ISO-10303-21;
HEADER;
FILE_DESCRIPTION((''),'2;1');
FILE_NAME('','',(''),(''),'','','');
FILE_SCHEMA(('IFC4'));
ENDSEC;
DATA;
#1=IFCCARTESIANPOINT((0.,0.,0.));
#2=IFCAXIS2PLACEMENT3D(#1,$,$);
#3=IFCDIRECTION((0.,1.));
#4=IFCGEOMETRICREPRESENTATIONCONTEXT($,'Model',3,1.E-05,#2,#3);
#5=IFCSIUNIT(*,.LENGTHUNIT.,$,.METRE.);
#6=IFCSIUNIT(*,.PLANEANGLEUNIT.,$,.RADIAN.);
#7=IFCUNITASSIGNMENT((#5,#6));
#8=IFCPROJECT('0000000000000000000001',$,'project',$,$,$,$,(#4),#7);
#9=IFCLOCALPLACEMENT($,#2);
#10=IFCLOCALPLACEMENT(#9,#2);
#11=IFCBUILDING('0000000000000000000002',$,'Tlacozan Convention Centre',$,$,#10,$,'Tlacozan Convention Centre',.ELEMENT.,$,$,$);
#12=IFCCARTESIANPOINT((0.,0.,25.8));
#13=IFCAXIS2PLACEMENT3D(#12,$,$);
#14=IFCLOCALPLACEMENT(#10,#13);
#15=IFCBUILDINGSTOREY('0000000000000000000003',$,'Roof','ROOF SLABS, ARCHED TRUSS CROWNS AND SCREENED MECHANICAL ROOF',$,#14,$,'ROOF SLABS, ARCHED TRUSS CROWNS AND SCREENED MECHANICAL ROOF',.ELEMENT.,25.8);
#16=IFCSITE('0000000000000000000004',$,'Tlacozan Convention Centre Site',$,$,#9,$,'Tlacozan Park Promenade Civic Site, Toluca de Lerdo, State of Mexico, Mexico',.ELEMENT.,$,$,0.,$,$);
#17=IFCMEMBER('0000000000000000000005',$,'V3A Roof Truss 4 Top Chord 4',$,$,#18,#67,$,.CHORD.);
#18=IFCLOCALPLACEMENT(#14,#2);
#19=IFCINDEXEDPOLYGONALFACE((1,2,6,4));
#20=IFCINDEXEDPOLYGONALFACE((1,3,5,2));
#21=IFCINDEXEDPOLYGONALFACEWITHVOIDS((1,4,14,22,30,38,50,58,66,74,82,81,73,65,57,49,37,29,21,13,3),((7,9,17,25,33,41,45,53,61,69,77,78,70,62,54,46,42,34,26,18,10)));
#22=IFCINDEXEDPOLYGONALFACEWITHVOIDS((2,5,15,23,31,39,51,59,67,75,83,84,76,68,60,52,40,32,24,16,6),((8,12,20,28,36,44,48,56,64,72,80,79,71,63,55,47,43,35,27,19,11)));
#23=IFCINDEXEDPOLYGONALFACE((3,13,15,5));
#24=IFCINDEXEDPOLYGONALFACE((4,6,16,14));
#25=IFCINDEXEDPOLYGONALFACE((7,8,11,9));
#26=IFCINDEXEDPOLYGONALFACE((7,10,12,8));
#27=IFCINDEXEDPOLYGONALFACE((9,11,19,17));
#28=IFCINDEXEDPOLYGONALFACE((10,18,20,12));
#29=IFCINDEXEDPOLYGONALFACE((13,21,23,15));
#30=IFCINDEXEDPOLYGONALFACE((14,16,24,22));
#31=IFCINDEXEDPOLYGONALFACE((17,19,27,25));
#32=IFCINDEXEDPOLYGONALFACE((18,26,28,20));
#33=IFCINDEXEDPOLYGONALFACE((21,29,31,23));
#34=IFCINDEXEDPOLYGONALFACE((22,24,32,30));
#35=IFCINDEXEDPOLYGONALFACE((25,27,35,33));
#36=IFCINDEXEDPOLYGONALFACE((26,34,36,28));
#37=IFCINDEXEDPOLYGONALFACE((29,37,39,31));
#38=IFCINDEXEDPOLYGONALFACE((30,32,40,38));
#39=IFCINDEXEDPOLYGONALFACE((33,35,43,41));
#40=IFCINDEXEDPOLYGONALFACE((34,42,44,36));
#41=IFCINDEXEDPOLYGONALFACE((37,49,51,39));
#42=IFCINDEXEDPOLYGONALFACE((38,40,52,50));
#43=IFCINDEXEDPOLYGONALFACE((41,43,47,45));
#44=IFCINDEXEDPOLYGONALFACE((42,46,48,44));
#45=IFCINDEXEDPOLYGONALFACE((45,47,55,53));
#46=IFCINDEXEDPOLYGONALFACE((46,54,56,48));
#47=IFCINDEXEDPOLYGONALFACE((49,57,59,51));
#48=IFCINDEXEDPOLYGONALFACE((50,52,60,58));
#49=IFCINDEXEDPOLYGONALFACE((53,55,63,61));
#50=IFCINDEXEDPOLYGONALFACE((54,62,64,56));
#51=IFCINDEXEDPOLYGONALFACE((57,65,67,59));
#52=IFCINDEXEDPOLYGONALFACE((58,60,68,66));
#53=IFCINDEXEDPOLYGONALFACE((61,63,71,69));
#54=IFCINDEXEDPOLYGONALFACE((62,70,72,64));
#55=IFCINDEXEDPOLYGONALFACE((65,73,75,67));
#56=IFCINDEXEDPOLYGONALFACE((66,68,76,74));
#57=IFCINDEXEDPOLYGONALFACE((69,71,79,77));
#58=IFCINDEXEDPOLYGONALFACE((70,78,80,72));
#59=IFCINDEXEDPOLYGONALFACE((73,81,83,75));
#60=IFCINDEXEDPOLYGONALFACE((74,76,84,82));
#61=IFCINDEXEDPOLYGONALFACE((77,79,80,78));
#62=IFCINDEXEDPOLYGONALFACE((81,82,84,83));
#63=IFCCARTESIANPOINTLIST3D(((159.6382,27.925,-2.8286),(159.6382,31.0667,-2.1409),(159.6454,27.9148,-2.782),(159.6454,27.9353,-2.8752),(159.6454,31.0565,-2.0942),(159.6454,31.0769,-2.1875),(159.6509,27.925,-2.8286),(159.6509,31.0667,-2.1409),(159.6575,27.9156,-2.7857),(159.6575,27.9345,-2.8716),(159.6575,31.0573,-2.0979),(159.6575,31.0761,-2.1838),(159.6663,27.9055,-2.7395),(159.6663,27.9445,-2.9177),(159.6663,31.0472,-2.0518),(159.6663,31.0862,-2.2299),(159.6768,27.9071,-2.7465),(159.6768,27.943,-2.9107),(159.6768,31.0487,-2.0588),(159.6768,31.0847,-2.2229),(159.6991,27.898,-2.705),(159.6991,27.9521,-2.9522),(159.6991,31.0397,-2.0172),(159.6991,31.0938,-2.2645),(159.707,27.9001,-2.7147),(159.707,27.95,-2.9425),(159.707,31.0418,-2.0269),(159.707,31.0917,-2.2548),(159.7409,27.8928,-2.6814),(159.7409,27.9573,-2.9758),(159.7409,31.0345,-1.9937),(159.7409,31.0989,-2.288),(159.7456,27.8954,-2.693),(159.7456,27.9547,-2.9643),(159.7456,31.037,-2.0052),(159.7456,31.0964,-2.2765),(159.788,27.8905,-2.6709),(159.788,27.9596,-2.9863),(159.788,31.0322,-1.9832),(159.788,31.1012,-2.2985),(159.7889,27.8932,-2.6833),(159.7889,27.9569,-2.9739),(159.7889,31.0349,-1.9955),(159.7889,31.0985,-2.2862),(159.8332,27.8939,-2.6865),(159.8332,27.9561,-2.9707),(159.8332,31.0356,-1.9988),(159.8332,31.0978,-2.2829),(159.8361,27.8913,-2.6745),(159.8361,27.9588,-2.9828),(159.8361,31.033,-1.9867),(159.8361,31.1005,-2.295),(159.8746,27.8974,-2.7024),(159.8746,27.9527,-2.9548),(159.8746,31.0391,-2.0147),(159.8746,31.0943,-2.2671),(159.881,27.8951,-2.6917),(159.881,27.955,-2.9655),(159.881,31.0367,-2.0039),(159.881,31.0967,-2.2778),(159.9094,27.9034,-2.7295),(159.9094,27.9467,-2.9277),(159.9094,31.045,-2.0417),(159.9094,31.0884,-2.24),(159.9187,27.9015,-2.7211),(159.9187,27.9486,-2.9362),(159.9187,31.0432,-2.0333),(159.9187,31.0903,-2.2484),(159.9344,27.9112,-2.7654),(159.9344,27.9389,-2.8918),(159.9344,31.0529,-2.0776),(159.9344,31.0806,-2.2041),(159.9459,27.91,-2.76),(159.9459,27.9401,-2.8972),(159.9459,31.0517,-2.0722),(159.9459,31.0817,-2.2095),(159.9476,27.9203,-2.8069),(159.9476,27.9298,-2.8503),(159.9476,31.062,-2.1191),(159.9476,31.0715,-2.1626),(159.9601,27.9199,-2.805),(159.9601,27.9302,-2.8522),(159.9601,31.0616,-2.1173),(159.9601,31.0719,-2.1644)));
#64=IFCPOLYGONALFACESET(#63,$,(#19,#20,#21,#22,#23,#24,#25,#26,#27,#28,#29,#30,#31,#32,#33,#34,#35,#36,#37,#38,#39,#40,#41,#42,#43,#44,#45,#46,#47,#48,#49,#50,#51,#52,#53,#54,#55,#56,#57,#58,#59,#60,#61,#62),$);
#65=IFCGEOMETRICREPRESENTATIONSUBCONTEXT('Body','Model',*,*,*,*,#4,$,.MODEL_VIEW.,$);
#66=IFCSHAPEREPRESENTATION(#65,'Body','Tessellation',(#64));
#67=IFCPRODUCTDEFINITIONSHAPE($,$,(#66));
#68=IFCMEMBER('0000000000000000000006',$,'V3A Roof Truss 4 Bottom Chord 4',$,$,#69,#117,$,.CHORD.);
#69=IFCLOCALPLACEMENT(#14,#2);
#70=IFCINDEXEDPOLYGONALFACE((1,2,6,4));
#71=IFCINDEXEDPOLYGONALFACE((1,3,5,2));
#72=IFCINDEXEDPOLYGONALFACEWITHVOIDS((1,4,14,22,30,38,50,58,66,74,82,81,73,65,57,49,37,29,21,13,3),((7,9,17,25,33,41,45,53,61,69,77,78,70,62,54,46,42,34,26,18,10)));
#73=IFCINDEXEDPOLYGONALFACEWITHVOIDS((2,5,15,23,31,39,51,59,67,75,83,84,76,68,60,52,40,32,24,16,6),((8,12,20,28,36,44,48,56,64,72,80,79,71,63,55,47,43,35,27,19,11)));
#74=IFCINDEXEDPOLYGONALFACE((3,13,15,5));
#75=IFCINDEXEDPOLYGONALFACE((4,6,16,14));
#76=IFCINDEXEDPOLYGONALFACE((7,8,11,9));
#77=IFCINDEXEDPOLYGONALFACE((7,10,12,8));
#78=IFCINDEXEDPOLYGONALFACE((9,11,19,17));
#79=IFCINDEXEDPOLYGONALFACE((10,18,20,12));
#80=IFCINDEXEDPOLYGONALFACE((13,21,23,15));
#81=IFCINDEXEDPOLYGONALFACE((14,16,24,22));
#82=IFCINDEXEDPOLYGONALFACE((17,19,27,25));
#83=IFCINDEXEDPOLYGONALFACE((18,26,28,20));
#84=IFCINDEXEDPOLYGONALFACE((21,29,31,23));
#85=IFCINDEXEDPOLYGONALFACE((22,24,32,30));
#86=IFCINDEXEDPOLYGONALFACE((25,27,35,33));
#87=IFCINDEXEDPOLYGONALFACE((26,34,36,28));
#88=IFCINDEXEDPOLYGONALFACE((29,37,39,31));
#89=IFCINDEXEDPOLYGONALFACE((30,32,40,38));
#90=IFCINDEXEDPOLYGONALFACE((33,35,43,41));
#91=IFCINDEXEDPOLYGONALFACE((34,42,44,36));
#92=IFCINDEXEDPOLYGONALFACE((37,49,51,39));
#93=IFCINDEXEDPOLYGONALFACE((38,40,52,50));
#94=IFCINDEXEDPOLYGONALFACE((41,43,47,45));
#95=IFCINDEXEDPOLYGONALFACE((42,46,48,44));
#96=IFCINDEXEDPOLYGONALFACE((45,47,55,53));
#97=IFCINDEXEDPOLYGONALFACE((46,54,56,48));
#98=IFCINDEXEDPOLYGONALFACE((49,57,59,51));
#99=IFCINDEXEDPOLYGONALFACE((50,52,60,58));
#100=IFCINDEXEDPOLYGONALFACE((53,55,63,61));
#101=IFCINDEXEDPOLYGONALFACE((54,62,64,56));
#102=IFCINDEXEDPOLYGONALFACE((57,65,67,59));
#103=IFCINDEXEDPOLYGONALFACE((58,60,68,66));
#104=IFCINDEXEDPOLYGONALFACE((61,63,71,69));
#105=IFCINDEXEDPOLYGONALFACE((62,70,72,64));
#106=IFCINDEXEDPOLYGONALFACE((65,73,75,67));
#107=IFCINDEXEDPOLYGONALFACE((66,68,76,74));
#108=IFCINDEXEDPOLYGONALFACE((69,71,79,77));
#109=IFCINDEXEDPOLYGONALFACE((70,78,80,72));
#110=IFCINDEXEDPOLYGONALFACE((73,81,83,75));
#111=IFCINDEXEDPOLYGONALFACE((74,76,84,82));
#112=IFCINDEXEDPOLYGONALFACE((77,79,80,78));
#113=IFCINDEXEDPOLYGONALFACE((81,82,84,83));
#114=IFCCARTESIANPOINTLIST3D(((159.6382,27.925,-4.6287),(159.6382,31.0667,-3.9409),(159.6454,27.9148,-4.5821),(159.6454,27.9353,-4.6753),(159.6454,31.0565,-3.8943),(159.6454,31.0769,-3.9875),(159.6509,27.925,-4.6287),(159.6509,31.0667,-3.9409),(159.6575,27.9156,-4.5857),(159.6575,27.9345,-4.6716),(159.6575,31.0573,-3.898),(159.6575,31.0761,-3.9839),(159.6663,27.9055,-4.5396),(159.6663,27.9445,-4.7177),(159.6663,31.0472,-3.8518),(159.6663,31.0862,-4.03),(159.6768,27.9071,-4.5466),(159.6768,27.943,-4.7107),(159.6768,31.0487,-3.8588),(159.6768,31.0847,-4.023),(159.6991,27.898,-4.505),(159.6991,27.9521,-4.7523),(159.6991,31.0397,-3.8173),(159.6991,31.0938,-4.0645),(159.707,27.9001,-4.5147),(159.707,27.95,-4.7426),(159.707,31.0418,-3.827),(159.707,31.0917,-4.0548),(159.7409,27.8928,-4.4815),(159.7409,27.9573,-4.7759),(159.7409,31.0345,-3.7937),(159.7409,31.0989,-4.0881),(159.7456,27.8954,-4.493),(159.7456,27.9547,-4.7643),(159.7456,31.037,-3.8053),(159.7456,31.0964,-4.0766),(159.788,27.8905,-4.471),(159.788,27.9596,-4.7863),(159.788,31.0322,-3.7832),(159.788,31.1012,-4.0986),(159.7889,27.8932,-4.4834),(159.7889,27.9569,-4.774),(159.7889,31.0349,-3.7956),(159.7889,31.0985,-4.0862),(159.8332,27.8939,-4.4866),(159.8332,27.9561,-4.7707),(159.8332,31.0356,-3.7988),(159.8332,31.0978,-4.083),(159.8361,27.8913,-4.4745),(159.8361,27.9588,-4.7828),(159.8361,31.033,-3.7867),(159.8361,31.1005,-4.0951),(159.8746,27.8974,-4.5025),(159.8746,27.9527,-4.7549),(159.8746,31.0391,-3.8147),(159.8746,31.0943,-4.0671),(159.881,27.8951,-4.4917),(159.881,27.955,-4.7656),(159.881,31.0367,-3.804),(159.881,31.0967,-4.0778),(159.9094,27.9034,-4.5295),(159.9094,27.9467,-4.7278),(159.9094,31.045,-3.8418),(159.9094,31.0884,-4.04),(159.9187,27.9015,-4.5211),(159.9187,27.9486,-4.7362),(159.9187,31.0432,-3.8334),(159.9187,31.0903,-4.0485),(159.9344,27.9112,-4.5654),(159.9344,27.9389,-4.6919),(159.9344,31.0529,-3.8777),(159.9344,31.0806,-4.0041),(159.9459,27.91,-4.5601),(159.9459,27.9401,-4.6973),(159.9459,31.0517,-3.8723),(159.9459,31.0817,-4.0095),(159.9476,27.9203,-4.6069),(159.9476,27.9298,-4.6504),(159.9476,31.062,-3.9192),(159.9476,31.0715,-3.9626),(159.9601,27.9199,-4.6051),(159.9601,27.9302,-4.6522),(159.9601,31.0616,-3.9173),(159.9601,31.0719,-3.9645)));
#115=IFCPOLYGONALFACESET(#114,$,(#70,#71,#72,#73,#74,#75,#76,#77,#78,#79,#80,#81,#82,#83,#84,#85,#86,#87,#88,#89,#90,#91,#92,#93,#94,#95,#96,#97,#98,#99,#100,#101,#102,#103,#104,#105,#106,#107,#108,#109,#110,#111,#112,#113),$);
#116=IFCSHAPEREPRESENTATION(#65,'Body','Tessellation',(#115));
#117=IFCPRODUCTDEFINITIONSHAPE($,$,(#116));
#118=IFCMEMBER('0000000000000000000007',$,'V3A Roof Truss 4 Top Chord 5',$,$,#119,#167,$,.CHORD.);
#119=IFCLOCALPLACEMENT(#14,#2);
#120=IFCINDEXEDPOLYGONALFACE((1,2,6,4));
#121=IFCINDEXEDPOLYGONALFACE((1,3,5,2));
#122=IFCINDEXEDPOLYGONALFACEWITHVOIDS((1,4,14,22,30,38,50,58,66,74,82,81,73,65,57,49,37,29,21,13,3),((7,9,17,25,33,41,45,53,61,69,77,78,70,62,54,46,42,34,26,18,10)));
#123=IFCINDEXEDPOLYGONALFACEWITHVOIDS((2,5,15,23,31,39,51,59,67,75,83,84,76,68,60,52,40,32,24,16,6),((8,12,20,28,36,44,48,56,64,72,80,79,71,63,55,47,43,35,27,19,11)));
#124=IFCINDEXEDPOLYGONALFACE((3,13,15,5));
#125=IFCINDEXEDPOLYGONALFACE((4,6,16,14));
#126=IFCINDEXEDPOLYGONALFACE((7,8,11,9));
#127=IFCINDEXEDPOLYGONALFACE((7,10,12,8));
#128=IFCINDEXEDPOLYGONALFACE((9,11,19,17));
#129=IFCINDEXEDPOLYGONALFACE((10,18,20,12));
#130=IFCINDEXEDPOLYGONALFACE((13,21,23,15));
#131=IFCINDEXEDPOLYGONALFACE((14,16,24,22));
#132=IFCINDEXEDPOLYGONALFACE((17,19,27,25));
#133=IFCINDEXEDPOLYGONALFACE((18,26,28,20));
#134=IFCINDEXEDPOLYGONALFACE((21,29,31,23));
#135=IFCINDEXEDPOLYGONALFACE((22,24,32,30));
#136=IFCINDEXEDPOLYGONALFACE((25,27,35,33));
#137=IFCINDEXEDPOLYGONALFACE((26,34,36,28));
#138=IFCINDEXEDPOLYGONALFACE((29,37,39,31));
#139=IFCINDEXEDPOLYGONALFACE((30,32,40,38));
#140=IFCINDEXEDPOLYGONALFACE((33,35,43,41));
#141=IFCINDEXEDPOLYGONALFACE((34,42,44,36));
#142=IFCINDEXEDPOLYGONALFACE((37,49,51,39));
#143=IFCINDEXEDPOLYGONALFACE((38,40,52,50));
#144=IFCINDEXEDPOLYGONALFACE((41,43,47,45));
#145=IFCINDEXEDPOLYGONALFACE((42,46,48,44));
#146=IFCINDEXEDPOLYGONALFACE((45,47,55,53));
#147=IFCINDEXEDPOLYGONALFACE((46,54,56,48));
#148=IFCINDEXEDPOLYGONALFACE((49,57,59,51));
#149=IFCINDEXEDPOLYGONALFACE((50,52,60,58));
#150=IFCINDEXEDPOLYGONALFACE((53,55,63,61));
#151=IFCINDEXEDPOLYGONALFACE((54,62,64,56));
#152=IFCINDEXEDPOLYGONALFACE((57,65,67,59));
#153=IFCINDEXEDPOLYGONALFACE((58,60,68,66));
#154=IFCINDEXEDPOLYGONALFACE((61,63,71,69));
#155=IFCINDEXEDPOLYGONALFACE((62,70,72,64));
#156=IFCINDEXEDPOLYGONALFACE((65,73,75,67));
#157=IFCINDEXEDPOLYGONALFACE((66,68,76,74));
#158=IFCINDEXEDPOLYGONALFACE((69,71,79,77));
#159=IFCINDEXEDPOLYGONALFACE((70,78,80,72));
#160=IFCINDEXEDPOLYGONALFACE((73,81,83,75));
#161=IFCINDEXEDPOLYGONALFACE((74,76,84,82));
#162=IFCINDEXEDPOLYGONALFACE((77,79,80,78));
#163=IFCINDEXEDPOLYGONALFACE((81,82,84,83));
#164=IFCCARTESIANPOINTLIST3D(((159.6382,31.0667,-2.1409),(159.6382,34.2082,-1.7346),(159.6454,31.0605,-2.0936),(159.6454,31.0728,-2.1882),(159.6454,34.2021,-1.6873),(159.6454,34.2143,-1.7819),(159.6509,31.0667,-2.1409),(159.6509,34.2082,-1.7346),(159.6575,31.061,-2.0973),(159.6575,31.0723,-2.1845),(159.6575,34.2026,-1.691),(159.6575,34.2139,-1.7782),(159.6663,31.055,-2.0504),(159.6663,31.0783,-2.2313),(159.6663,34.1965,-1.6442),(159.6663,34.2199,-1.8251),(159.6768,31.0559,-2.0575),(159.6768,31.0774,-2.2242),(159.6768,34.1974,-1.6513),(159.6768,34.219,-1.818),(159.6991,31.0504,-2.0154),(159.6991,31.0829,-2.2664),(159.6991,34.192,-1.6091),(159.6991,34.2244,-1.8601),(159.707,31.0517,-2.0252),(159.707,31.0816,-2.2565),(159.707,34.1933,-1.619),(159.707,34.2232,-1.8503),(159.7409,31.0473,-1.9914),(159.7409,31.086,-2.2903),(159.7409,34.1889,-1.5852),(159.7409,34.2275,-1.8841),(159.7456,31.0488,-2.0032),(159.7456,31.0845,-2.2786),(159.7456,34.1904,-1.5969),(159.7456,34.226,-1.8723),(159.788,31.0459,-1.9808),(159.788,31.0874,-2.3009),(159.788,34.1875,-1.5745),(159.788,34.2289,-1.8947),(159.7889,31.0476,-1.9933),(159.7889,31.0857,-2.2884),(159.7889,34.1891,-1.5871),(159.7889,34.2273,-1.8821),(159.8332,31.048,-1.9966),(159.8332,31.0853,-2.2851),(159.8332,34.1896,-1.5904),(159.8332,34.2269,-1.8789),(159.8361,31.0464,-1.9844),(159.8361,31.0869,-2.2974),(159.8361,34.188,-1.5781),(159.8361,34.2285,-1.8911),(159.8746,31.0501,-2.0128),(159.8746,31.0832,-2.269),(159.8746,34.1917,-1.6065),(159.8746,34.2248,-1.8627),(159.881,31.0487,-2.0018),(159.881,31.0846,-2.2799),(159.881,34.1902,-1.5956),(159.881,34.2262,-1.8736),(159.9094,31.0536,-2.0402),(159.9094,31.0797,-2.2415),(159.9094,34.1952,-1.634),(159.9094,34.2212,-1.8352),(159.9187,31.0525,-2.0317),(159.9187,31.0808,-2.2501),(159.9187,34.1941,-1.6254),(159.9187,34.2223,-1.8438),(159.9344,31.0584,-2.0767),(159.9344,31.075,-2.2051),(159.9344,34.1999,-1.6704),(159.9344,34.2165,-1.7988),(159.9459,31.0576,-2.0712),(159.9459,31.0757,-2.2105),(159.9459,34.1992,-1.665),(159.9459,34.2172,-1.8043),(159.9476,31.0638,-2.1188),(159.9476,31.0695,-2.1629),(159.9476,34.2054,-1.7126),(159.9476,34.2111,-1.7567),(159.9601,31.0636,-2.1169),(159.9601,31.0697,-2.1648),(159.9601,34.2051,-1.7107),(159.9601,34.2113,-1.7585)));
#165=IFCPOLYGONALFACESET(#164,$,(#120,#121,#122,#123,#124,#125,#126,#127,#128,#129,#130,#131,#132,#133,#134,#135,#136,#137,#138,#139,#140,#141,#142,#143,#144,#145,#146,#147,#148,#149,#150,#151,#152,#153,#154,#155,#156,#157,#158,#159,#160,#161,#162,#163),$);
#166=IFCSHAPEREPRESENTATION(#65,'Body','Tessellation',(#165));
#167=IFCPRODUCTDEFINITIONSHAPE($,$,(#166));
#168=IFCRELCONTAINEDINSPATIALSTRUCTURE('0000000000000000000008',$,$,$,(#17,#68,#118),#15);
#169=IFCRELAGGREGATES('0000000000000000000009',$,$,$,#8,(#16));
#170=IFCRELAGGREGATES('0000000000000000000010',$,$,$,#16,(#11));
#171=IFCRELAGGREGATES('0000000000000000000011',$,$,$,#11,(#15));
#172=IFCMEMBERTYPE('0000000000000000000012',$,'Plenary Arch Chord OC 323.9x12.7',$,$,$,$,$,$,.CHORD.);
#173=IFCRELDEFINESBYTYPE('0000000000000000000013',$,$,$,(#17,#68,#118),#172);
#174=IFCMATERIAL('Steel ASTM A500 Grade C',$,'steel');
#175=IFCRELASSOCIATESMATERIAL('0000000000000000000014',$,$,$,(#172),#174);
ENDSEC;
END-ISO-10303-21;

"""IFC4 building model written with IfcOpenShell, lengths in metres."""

from ifc_helpers import new_model, si_unit, direction, frame, origin, origin_2d, place, context, subcontext, project, spatial, hollow_circle, extrude, material, material_profile, profile_set, type_object, element, save


model = new_model("IFC4")

# Units and contexts
model_context = context("Model", 3, precision=1e-05, world=origin(), true_north=direction((0.0, 1.0)))
body_context = subcontext(model_context, "Body", "Model", "MODEL_VIEW")
ifc_project = project(units=[si_unit("LENGTHUNIT", "METRE"), si_unit("PLANEANGLEUNIT", "RADIAN")], contexts=[model_context])

# Site, building, storey
site_placement = place(None, origin())
site = spatial("IfcSite", under=ifc_project, at=site_placement, Name="Tlacozan Convention Centre Site", LongName="Tlacozan Park Promenade Civic Site, Toluca de Lerdo, State of Mexico, Mexico", CompositionType="ELEMENT", RefElevation=0.0)
building_placement = place(site_placement, origin())
building = spatial("IfcBuilding", under=site, at=building_placement, Name="Tlacozan Convention Centre", LongName="Tlacozan Convention Centre", CompositionType="ELEMENT")
storey_placement = place(building_placement, frame((0.0, 0.0, 25.8)))
storey = spatial("IfcBuildingStorey", under=building, at=storey_placement, Name="Roof", Description="ROOF SLABS, ARCHED TRUSS CROWNS AND SCREENED MECHANICAL ROOF", LongName="ROOF SLABS, ARCHED TRUSS CROWNS AND SCREENED MECHANICAL ROOF", CompositionType="ELEMENT", Elevation=25.8)

# Members
ifc_material_1 = material(Name="Steel ASTM A500 Grade C", Category="steel")
ifc_material_profile_1 = material_profile(ifc_material_1, hollow_circle(Radius=0.1619, WallThickness=0.0127, at=origin_2d()), Name="OC 323.9x12.7")
ifc_profile_set_1 = profile_set([ifc_material_profile_1], Name="Steel ASTM A500 Grade C")
member_type_1 = type_object("IfcMemberType", Name="Plenary Arch Chord OC 323.9x12.7", PredefinedType="CHORD", material=ifc_profile_set_1)
for number, where, z_axis, x_axis, name in (
    (1, (159.8, 27.925, -2.8286), (0.0, 0.976866, 0.213851), (-1.0, 0.0, 0.0), "V3A Roof Truss 4 Top Chord 4"),
    (2, (159.8, 27.925, -4.6287), (0.0, 0.976866, 0.213851), (-1.0, 0.0, 0.0), "V3A Roof Truss 4 Bottom Chord 4"),
):
    element("IfcMember", number, at=place(storey_placement, frame(where, z_axis=z_axis, x_axis=x_axis)), inside=storey, type_object=member_type_1, Name=name, PredefinedType="CHORD", context=body_context, shape_type="SweptSolid", body=[
        extrude(hollow_circle(Radius=0.1619, WallThickness=0.0127, at=origin_2d()), origin(), (0.0, 0.0, 1.0), 3.2161),
    ])
for number, where, z_axis, x_axis, name in (
    (3, (159.8, 31.0667, -2.1409), (0.0, 0.991742, 0.128245), (-1.0, 0.0, 0.0), "V3A Roof Truss 4 Top Chord 5"),
):
    element("IfcMember", number, at=place(storey_placement, frame(where, z_axis=z_axis, x_axis=x_axis)), inside=storey, type_object=member_type_1, Name=name, PredefinedType="CHORD", context=body_context, shape_type="SweptSolid", body=[
        extrude(hollow_circle(Radius=0.1619, WallThickness=0.0127, at=origin_2d()), origin(), (0.0, 0.0, 1.0), 3.1677),
    ])

save(model, "model.ifc")
